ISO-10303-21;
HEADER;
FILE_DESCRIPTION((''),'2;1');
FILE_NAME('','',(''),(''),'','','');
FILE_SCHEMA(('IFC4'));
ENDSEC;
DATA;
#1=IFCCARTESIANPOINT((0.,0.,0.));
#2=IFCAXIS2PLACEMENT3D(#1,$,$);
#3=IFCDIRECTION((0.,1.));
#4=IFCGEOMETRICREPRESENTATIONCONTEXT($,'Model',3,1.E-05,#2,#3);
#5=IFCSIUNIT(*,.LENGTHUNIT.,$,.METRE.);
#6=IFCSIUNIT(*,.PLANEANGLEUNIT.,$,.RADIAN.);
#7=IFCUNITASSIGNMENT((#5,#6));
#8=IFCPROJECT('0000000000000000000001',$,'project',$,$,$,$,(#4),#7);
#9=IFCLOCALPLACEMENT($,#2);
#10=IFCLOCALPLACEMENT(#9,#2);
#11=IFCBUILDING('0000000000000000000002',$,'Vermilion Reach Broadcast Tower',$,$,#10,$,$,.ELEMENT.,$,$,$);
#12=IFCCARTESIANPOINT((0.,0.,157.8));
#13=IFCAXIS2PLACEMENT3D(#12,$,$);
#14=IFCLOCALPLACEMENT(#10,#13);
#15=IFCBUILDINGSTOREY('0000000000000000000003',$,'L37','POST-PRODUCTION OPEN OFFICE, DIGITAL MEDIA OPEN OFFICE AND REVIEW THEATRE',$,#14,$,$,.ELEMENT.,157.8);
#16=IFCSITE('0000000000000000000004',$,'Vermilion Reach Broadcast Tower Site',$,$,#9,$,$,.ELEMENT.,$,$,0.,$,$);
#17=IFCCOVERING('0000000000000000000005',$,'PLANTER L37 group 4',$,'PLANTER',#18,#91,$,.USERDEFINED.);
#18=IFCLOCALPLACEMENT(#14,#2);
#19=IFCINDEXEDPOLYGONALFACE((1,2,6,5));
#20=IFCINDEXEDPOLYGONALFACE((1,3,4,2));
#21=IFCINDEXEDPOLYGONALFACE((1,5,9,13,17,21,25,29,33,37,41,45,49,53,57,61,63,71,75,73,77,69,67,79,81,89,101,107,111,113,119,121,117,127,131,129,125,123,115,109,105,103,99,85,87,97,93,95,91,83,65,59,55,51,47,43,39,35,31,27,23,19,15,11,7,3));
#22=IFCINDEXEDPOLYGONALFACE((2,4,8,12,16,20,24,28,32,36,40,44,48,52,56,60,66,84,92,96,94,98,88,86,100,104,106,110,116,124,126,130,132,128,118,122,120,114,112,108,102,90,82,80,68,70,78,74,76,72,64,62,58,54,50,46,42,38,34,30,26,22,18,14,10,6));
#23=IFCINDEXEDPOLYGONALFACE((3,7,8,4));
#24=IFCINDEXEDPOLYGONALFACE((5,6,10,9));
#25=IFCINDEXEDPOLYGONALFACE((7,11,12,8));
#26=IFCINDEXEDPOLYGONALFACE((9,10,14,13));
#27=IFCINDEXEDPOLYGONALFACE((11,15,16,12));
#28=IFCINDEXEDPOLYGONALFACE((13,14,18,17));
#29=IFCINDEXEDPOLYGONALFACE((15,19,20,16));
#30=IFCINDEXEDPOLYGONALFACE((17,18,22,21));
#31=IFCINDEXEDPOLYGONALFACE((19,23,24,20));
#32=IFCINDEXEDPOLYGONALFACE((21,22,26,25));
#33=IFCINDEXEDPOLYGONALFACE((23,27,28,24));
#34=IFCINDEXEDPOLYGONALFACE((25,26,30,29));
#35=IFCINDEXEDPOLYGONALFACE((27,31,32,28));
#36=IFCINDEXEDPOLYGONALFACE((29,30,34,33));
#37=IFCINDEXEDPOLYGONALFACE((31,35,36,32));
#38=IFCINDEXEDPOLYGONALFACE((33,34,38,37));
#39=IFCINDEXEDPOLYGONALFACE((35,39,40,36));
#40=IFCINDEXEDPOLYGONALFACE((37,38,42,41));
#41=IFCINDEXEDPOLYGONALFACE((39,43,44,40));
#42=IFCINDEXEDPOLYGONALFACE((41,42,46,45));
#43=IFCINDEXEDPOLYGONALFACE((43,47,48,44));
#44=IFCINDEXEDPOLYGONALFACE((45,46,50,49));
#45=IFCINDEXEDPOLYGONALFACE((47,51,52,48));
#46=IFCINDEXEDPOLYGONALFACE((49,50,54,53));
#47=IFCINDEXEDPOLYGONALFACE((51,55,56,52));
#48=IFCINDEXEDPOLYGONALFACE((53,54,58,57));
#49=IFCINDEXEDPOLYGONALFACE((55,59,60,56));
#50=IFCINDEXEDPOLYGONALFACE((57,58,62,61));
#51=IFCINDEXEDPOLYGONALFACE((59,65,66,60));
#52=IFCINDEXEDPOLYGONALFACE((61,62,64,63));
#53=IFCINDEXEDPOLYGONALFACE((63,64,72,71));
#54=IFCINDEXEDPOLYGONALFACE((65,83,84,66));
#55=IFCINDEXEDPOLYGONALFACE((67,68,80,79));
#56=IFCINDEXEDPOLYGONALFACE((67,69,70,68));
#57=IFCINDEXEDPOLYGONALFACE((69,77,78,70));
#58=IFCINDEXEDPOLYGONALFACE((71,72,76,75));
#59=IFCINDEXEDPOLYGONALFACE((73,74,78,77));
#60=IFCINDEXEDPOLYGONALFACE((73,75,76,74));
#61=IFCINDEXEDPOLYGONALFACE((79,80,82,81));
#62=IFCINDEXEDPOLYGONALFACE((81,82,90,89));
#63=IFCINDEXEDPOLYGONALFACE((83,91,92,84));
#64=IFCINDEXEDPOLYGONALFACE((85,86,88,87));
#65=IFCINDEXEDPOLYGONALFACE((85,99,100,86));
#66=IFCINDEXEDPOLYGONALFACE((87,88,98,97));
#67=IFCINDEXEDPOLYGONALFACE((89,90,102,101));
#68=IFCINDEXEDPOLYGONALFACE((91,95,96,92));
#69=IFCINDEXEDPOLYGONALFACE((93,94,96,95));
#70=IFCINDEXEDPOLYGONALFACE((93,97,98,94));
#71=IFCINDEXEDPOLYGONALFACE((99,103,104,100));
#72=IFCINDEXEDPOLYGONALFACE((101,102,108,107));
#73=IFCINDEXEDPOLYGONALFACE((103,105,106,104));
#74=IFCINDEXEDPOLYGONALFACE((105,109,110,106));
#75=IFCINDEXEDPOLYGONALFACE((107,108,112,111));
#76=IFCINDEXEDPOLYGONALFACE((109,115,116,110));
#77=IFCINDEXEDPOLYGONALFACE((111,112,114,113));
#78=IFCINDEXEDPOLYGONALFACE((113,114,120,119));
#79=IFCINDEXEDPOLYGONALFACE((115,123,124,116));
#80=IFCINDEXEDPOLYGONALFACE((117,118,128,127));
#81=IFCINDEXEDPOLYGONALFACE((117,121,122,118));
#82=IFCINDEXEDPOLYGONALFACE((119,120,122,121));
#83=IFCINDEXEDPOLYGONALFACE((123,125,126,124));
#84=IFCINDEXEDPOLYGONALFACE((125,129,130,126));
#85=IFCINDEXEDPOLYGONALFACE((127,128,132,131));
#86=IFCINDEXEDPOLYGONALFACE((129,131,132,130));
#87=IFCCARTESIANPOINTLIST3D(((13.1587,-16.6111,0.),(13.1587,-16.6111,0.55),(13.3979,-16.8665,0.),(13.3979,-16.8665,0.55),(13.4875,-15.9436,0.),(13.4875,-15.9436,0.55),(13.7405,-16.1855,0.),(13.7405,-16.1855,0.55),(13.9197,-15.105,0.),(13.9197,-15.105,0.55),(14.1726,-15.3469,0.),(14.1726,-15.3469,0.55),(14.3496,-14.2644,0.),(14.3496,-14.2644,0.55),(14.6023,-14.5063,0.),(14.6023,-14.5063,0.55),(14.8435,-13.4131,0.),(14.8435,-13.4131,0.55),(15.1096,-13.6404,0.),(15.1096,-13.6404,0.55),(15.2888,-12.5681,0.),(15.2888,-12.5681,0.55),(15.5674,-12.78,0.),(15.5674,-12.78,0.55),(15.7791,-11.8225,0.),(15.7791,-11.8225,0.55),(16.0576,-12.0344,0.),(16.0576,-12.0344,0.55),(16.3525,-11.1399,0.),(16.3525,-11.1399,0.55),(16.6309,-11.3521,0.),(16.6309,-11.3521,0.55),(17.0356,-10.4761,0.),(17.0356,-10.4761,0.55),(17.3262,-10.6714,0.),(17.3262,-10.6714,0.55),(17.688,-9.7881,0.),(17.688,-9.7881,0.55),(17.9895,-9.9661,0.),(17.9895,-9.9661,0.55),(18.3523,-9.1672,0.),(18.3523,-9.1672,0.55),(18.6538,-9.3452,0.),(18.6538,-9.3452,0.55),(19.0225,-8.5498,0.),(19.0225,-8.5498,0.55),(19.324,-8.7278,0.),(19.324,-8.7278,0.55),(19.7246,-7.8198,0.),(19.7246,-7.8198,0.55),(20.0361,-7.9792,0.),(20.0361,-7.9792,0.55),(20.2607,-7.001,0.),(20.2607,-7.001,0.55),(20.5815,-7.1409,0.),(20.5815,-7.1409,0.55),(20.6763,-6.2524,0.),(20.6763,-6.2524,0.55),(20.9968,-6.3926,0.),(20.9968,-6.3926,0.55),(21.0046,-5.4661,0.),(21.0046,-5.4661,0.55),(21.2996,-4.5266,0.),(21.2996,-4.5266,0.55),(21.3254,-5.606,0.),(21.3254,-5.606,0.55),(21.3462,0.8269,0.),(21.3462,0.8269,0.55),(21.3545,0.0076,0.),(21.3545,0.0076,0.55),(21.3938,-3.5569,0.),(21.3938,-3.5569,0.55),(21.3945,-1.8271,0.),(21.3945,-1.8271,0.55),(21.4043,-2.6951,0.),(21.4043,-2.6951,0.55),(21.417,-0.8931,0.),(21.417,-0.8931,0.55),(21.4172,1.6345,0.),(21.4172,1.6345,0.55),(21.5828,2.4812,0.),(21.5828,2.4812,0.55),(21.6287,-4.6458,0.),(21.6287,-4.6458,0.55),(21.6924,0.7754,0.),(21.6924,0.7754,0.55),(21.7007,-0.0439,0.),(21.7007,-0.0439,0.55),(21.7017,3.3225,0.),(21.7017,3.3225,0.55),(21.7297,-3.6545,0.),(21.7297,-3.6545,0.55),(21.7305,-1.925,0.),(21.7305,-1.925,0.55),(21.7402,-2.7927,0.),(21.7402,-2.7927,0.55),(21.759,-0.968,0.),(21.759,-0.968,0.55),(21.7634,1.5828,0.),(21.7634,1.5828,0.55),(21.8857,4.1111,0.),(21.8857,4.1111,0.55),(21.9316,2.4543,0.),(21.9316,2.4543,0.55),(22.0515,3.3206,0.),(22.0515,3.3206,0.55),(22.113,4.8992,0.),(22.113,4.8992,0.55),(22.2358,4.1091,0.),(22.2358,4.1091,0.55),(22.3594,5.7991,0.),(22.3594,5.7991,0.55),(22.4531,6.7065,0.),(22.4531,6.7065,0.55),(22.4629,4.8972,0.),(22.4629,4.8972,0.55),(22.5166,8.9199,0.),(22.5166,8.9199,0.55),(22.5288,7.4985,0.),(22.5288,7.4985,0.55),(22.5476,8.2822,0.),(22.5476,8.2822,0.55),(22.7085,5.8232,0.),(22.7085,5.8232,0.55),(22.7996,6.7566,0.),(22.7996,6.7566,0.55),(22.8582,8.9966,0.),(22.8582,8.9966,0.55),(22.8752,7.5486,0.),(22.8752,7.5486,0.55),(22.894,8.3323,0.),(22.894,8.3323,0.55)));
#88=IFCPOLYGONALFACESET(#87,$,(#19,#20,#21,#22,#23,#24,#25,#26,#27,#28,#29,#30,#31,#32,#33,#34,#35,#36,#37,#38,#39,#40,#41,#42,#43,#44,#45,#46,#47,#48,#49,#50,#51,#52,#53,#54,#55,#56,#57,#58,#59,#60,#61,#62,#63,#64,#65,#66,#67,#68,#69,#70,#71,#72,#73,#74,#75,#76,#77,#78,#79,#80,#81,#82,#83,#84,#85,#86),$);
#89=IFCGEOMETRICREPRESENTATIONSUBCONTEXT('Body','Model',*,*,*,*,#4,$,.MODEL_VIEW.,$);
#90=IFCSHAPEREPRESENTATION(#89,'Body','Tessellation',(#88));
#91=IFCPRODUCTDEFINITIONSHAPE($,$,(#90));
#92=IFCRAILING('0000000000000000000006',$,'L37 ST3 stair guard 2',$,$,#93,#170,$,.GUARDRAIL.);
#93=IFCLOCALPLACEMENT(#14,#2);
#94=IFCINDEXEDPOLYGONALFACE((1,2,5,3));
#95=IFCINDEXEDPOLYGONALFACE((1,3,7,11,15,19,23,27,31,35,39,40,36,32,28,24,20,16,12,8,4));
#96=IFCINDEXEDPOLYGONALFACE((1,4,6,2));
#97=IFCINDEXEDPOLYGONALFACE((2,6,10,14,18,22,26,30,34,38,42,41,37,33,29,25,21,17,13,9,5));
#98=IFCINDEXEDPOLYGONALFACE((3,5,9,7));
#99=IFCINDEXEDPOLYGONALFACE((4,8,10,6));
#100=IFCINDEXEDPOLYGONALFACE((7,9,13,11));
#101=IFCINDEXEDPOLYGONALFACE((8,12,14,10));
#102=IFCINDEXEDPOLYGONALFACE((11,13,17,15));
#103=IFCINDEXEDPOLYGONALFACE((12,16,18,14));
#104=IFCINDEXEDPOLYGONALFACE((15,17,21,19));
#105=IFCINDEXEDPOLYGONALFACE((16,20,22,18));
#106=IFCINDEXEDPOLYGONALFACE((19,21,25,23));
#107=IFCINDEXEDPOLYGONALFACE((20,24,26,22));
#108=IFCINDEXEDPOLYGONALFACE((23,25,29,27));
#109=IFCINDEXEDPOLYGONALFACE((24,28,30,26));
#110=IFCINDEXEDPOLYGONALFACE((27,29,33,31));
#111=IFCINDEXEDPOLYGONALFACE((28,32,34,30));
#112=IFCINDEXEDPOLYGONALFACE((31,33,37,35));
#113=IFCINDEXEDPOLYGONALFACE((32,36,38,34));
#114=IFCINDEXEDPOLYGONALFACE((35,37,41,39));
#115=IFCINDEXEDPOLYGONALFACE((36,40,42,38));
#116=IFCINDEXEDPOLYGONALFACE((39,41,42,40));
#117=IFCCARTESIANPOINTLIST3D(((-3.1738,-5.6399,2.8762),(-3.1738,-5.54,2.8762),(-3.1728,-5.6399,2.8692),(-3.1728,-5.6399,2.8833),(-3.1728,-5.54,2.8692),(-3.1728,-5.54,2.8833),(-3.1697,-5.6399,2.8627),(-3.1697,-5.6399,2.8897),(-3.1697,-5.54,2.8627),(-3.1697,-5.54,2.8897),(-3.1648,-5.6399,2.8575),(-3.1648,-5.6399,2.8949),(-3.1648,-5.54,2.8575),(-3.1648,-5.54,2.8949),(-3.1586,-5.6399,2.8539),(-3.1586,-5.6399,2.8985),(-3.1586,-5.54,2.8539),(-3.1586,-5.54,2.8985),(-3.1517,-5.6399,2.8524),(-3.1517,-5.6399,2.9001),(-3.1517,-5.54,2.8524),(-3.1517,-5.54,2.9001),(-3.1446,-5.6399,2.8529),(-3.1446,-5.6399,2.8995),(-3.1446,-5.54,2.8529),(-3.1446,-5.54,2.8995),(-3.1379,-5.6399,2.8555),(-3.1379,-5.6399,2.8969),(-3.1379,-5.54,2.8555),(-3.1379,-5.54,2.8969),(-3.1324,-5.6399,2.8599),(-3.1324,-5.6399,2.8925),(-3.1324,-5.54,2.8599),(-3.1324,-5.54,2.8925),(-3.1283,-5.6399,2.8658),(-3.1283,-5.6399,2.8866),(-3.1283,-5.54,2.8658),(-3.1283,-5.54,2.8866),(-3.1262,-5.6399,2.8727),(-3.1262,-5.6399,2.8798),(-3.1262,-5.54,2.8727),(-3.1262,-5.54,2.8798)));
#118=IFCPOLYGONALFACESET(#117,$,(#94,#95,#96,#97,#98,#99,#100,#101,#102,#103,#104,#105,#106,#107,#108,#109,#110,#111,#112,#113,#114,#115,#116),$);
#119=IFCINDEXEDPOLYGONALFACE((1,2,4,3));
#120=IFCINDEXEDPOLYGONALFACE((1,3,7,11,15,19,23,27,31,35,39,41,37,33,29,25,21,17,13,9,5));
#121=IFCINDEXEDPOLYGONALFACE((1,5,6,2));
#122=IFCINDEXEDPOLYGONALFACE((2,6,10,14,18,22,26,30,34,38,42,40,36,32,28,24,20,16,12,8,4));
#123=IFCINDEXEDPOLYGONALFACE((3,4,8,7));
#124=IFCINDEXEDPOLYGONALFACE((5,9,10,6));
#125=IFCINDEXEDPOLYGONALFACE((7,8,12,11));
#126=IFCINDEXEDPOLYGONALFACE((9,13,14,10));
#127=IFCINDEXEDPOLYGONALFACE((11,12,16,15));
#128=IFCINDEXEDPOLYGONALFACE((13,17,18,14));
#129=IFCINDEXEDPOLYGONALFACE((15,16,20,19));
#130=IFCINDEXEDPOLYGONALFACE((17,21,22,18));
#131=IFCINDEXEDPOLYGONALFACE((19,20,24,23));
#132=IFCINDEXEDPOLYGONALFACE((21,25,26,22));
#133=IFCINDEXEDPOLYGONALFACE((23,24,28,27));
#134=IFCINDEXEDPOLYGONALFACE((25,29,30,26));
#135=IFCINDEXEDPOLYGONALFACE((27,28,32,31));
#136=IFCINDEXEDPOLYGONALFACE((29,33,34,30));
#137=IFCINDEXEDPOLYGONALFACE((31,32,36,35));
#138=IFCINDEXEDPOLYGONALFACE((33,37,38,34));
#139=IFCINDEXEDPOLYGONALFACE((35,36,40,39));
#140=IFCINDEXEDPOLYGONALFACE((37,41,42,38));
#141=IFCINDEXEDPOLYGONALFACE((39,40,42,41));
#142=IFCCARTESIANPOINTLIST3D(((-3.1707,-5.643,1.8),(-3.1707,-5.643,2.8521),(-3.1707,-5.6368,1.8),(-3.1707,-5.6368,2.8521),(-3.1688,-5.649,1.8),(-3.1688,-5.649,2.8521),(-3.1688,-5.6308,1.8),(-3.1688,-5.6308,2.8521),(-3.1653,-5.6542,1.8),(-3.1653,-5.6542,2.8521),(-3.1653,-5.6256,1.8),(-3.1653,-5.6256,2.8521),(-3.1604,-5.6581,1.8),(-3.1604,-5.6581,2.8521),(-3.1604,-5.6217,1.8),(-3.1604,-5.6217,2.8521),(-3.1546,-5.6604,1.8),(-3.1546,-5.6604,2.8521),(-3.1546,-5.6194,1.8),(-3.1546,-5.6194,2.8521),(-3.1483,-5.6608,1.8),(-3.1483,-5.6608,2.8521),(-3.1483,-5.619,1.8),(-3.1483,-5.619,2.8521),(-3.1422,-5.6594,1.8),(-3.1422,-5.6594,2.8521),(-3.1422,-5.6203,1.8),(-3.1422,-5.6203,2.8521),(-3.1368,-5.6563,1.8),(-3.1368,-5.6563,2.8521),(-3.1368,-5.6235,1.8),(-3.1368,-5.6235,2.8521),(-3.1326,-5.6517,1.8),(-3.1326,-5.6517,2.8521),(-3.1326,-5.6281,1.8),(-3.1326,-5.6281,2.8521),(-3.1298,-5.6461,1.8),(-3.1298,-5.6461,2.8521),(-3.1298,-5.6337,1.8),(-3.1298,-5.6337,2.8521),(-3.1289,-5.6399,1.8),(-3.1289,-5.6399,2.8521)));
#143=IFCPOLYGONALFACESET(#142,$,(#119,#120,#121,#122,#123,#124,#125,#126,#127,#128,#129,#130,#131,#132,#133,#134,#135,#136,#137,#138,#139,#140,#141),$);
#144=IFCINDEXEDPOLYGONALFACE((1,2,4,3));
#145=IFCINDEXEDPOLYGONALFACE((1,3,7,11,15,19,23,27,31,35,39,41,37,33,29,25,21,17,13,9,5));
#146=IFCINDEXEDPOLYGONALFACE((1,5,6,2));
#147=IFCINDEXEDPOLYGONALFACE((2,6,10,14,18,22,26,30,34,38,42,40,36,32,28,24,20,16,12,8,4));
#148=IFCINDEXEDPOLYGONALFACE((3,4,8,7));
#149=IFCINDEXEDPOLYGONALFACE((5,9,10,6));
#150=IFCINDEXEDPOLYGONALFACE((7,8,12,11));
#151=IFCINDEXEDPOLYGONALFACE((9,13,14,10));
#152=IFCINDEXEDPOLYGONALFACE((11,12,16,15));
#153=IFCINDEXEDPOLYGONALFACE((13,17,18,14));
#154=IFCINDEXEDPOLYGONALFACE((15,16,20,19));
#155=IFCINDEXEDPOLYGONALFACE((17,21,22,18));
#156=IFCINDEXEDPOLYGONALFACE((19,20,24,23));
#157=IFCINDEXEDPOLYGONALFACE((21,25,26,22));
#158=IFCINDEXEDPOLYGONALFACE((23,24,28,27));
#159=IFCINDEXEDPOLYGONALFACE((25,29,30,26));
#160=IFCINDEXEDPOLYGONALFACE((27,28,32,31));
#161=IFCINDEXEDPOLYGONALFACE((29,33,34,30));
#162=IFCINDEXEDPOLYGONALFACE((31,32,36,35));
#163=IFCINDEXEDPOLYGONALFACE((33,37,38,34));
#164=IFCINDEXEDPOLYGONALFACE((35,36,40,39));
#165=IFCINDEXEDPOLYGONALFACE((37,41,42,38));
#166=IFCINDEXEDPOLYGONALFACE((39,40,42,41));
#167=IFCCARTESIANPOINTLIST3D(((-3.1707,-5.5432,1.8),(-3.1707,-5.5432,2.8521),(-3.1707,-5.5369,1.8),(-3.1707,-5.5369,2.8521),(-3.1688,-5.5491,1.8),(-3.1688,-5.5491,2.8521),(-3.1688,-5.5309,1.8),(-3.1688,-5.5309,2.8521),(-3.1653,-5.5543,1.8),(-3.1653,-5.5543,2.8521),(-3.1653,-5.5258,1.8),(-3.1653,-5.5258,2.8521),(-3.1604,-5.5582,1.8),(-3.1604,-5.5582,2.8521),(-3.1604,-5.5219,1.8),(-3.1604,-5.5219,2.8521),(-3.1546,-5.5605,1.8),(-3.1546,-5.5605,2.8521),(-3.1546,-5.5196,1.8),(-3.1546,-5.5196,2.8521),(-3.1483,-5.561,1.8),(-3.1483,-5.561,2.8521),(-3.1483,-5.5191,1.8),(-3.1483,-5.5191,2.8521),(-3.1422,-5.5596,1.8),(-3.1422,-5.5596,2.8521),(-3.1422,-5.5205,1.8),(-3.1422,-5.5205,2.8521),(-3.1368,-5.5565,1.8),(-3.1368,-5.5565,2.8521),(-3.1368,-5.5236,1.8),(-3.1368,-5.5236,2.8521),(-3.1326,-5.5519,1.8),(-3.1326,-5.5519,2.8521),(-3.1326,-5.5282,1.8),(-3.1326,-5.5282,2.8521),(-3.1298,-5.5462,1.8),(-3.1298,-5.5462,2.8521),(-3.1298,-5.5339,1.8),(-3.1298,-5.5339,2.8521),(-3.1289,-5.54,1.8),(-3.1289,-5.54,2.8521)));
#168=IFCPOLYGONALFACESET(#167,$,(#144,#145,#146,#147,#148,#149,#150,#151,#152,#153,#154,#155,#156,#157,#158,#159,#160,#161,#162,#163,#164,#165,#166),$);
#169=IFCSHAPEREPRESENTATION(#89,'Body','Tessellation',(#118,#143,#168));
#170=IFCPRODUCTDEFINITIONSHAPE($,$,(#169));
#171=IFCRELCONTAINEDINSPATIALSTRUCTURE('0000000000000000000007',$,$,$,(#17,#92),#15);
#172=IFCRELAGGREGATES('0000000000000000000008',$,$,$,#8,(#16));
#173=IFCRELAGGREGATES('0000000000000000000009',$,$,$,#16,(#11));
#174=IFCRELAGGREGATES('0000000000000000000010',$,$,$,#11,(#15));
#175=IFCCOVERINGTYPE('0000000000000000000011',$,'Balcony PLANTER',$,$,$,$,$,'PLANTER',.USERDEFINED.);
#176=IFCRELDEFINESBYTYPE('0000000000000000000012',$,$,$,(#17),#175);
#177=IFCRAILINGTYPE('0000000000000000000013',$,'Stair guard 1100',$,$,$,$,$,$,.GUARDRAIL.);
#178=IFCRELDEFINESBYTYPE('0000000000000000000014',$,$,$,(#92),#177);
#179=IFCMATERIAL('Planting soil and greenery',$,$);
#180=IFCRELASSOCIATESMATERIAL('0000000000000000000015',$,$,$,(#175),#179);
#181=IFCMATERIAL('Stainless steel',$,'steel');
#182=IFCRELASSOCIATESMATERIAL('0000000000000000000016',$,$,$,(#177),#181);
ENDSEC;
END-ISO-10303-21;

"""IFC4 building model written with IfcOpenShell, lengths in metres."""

from ifc_helpers import new_model, si_unit, direction, frame, origin, origin_2d, place, context, subcontext, project, spatial, polyline, circle, outline, extrude, material, type_object, element, save


model = new_model("IFC4")

# Units and contexts
model_context = context("Model", 3, precision=1e-05, world=origin(), true_north=direction((0.0, 1.0)))
body_context = subcontext(model_context, "Body", "Model", "MODEL_VIEW")
ifc_project = project(units=[si_unit("LENGTHUNIT", "METRE"), si_unit("PLANEANGLEUNIT", "RADIAN")], contexts=[model_context])

# Site, building, storey
site_placement = place(None, origin())
site = spatial("IfcSite", under=ifc_project, at=site_placement, Name="Vermilion Reach Broadcast Tower Site", CompositionType="ELEMENT", RefElevation=0.0)
building_placement = place(site_placement, origin())
building = spatial("IfcBuilding", under=site, at=building_placement, Name="Vermilion Reach Broadcast Tower", CompositionType="ELEMENT")
storey_placement = place(building_placement, frame((0.0, 0.0, 157.8)))
storey = spatial("IfcBuildingStorey", under=building, at=storey_placement, Name="L37", Description="POST-PRODUCTION OPEN OFFICE, DIGITAL MEDIA OPEN OFFICE AND REVIEW THEATRE", CompositionType="ELEMENT", Elevation=157.8)

# Shared definitions
placement_1 = place(storey_placement, origin())

# Covering
ifc_material_1 = material(Name="Planting soil and greenery")
covering_type = type_object("IfcCoveringType", Name="Balcony PLANTER", ElementType="PLANTER", PredefinedType="USERDEFINED", material=ifc_material_1)
element("IfcCovering", 1, at=placement_1, inside=storey, type_object=covering_type, Name="PLANTER L37 group 4", ObjectType="PLANTER", PredefinedType="USERDEFINED", context=body_context, shape_type="SweptSolid", body=[
    extrude(outline(polyline([(13.3979, -16.8665), (13.7405, -16.1855), (14.1726, -15.3469), (14.6023, -14.5063), (15.1096, -13.6404), (15.5674, -12.78), (16.0576, -12.0344), (16.6309, -11.3521), (17.3262, -10.6714), (17.9895, -9.9661), (18.6538, -9.3452), (19.324, -8.7278), (20.0361, -7.9792), (20.5815, -7.1409), (20.9968, -6.3926), (21.3254, -5.606), (21.6287, -4.6458), (21.7297, -3.6545), (21.7402, -2.7927), (21.7305, -1.925), (21.759, -0.968), (21.7007, -0.0439), (21.6924, 0.7754), (21.7634, 1.5828), (21.9316, 2.4543), (22.0515, 3.3206), (22.2358, 4.1091), (22.4629, 4.8972), (22.7085, 5.8232), (22.7996, 6.7566), (22.8752, 7.5486), (22.894, 8.3323), (22.8582, 8.9966), (22.5166, 8.9199), (22.5476, 8.2822), (22.5288, 7.4985), (22.4531, 6.7065), (22.3594, 5.7991), (22.113, 4.8992), (21.8857, 4.1111), (21.7017, 3.3225), (21.5828, 2.4812), (21.4172, 1.6345), (21.3462, 0.8269), (21.3545, 0.0076), (21.417, -0.8931), (21.3945, -1.8271), (21.4043, -2.6951), (21.3938, -3.5569), (21.2996, -4.5266), (21.0046, -5.4661), (20.6763, -6.2524), (20.2607, -7.001), (19.7246, -7.8198), (19.0225, -8.5498), (18.3523, -9.1672), (17.688, -9.7881), (17.0356, -10.4761), (16.3525, -11.1399), (15.7791, -11.8225), (15.2888, -12.5681), (14.8435, -13.4131), (14.3496, -14.2644), (13.9197, -15.105), (13.4875, -15.9436), (13.1587, -16.6111), (13.3979, -16.8665)])), origin(), (0.0, 0.0, 1.0), 0.55),
])

# Railing
ifc_material_2 = material(Name="Stainless steel", Category="steel")
railing_type_1 = type_object("IfcRailingType", Name="Stair guard 1100", PredefinedType="GUARDRAIL", material=ifc_material_2)
railing_1_placement = place(storey_placement, frame((-3.1499, -5.6399, 1.8)))
element("IfcRailing", 2, at=railing_1_placement, inside=storey, type_object=railing_type_1, Name="L37 ST3 stair guard 2", PredefinedType="GUARDRAIL", context=body_context, shape_type="SweptSolid", body=[
    extrude(circle(Radius=0.0239, at=origin_2d()), frame((0.0, 0.0, 1.0762), z_axis=(0.0, 1.0, 0.0), x_axis=(-1.0, 0.0, 0.0)), (0.0, 0.0, 1.0), 0.0999),
    extrude(circle(Radius=0.021, at=origin_2d()), origin(), (0.0, 0.0, 1.0), 1.052),
    extrude(circle(Radius=0.021, at=origin_2d()), frame((0.0, 0.0999, 0.0)), (0.0, 0.0, 1.0), 1.052),
])

save(model, "model.ifc")
